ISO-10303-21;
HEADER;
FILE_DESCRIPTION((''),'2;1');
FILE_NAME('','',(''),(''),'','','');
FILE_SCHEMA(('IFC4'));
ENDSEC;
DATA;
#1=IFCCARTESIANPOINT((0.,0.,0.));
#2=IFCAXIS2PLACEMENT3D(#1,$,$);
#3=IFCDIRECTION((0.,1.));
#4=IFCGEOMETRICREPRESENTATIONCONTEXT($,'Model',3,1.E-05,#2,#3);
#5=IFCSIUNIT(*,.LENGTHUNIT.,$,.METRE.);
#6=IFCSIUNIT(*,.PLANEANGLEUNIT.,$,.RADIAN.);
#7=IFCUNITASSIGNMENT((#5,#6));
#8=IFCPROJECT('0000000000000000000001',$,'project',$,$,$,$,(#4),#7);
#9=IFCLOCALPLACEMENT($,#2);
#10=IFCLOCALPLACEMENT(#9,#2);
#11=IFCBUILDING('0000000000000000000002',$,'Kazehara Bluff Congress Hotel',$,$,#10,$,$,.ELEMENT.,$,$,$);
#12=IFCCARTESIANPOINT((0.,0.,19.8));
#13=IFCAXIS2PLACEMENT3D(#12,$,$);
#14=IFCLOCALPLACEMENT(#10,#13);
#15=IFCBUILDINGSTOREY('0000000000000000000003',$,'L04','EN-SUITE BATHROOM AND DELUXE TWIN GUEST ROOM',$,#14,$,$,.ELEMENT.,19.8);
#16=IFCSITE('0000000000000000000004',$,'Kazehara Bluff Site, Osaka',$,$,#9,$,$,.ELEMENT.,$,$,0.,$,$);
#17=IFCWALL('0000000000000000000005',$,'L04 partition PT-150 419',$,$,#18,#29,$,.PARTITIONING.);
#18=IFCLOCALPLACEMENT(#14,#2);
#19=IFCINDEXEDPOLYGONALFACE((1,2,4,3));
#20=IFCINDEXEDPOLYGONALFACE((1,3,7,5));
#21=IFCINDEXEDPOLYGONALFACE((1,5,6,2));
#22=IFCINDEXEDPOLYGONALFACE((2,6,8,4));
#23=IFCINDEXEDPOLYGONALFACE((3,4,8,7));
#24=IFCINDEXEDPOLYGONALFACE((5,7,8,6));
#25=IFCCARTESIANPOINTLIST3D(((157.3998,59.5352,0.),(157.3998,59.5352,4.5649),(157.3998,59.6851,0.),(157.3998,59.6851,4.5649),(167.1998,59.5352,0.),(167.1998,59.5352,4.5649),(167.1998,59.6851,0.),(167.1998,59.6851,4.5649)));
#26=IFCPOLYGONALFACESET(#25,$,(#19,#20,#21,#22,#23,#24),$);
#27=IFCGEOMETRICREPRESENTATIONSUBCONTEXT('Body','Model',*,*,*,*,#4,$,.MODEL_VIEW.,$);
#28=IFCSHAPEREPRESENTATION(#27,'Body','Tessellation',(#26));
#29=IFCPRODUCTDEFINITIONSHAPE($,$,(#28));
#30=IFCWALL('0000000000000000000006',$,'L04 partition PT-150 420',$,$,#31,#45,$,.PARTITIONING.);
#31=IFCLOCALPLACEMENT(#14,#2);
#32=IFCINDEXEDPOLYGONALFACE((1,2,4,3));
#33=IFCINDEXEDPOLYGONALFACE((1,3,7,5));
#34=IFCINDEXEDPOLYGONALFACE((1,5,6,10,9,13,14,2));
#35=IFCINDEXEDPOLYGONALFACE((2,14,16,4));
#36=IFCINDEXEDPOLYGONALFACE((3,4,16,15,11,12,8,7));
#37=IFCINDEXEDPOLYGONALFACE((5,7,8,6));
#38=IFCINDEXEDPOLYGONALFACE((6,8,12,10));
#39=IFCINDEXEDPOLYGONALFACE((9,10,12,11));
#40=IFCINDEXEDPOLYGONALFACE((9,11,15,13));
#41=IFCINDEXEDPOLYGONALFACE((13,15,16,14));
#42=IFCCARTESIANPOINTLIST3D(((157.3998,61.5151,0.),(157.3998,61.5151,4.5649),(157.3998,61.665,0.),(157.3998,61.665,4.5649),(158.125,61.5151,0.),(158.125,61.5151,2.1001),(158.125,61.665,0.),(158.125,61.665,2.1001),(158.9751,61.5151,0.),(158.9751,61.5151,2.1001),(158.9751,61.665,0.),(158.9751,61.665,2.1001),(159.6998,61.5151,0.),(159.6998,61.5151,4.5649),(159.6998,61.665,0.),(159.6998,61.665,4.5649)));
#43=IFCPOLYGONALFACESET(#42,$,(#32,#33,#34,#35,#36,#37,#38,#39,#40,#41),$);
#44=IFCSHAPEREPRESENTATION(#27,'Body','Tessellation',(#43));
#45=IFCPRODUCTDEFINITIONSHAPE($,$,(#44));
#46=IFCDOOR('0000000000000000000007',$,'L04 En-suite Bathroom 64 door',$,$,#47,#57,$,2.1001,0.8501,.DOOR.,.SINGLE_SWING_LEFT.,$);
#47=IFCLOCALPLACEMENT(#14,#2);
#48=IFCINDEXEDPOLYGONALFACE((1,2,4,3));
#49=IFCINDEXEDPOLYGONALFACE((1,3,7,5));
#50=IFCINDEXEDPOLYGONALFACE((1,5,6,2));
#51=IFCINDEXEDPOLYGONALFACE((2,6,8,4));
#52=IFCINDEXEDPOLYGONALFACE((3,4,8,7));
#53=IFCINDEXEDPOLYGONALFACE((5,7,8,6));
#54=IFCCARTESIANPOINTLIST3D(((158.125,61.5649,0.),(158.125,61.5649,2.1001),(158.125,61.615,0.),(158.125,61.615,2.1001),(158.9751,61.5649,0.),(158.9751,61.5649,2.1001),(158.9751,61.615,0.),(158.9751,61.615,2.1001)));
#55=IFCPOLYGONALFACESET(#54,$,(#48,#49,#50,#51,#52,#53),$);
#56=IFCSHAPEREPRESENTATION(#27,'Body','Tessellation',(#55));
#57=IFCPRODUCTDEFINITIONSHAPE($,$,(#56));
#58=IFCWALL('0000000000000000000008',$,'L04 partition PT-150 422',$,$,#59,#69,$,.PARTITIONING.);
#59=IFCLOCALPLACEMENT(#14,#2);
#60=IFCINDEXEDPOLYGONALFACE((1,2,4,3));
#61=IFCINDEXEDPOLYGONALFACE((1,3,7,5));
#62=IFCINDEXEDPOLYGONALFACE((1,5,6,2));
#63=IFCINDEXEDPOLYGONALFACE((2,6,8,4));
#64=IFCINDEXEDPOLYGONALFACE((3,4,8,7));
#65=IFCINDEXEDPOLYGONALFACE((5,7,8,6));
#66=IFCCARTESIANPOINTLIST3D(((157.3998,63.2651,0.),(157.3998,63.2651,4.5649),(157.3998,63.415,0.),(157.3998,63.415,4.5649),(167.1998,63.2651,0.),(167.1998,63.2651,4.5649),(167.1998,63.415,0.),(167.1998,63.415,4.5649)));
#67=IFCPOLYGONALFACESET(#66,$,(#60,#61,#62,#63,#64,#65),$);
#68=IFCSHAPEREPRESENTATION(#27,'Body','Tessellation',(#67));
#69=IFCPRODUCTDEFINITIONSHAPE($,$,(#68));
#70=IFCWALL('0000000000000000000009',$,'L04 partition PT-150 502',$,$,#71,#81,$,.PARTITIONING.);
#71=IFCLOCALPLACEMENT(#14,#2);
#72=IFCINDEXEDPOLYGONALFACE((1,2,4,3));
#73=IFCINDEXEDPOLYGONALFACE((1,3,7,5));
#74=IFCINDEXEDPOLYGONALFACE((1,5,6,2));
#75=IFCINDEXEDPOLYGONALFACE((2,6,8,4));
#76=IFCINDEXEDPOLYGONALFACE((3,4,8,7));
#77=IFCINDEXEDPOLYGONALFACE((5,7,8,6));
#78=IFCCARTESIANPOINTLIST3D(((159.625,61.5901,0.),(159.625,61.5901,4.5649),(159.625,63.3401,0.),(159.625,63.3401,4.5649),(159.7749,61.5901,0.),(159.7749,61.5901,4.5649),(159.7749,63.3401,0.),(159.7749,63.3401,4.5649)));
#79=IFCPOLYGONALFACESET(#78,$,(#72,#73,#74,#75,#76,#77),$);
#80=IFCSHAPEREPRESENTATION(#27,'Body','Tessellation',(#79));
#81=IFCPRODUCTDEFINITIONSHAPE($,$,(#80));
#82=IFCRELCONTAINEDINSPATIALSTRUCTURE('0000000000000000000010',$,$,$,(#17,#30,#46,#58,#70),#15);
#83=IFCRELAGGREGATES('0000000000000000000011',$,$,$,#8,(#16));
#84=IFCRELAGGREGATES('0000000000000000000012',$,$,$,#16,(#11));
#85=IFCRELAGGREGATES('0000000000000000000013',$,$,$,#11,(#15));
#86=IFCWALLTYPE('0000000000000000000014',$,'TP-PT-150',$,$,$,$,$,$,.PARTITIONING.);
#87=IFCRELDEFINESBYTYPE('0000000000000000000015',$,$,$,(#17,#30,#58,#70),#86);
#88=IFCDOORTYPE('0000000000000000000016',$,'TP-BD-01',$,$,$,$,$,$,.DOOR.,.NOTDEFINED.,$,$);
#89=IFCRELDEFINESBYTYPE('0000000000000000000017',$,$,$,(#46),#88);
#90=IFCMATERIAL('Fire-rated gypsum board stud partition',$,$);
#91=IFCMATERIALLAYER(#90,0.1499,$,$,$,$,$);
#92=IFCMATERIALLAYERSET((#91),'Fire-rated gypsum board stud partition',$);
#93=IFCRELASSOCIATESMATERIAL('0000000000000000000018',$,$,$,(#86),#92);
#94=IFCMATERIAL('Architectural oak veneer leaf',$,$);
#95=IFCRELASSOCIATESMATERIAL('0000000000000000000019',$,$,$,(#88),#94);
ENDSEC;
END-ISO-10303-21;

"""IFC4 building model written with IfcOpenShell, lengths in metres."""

from ifc_helpers import new_model, si_unit, direction, frame, frame_2d, origin, place, context, subcontext, project, spatial, rectangle, extrude, material, layer, layer_set, type_object, element, fill, save


model = new_model("IFC4")

# Units and contexts
model_context = context("Model", 3, precision=1e-05, world=origin(), true_north=direction((0.0, 1.0)))
body_context = subcontext(model_context, "Body", "Model", "MODEL_VIEW")
ifc_project = project(units=[si_unit("LENGTHUNIT", "METRE"), si_unit("PLANEANGLEUNIT", "RADIAN")], contexts=[model_context])

# Site, building, storey
site_placement = place(None, origin())
site = spatial("IfcSite", under=ifc_project, at=site_placement, Name="Kazehara Bluff Site, Osaka", CompositionType="ELEMENT", RefElevation=0.0)
building_placement = place(site_placement, origin())
building = spatial("IfcBuilding", under=site, at=building_placement, Name="Kazehara Bluff Congress Hotel", CompositionType="ELEMENT")
storey_placement = place(building_placement, frame((0.0, 0.0, 19.8)))
storey = spatial("IfcBuildingStorey", under=building, at=storey_placement, Name="L04", Description="EN-SUITE BATHROOM AND DELUXE TWIN GUEST ROOM", CompositionType="ELEMENT", Elevation=19.8)

# Wall
ifc_material_1 = material(Name="Fire-rated gypsum board stud partition")
ifc_layer = layer(ifc_material_1, 0.1499)
ifc_layer_set = layer_set([ifc_layer], Name="Fire-rated gypsum board stud partition")
wall_type = type_object("IfcWallType", Name="TP-PT-150", PredefinedType="PARTITIONING", material=ifc_layer_set)
wall_1_placement = place(storey_placement, frame((157.3999, 59.6101, 0.0), z_axis=(0.0, 0.0, 1.0), x_axis=(1.0, 0.0, 0.0)))
element("IfcWall", 1, at=wall_1_placement, inside=storey, type_object=wall_type, Name="L04 partition PT-150 419", PredefinedType="PARTITIONING", context=body_context, shape_type="SweptSolid", body=[
    extrude(rectangle(XDim=9.8, YDim=0.1499, at=frame_2d((4.8999, 0.0))), origin(), (0.0, 0.0, 1.0), 4.5649),
])

# Wall, opening, door
wall_2_placement = place(storey_placement, frame((157.3999, 61.5901, 0.0), z_axis=(0.0, 0.0, 1.0), x_axis=(1.0, 0.0, 0.0)))
wall_2 = element("IfcWall", 2, at=wall_2_placement, inside=storey, type_object=wall_type, Name="L04 partition PT-150 420", PredefinedType="PARTITIONING", context=body_context, shape_type="SweptSolid", body=[
    extrude(rectangle(XDim=2.3, YDim=0.1499, at=frame_2d((1.1499, 0.0))), origin(), (0.0, 0.0, 1.0), 4.5649),
])
opening_1_placement = place(wall_2_placement, frame((0.7251, 0.0, 0.0)))
opening_1 = element("IfcOpeningElement", 3, at=opening_1_placement, cuts=wall_2, PredefinedType="OPENING", context=body_context, shape_type="SweptSolid", body=[
    extrude(rectangle(XDim=0.8501, YDim=2.1001, at=frame_2d((0.425, 1.05))), frame((0.0, 0.085, 0.0), z_axis=(0.0, -1.0, 0.0), x_axis=(1.0, 0.0, 0.0)), (0.0, 0.0, 1.0), 0.1699),
])
ifc_material_2 = material(Name="Architectural oak veneer leaf")
door_type_1 = type_object("IfcDoorType", Name="TP-BD-01", OperationType="NOTDEFINED", PredefinedType="DOOR", material=ifc_material_2)
door_1_placement = place(opening_1_placement, origin())
door_1 = element("IfcDoor", 4, at=door_1_placement, inside=storey, type_object=door_type_1, Name="L04 En-suite Bathroom 64 door", OperationType="SINGLE_SWING_LEFT", OverallHeight=2.1001, OverallWidth=0.8501, PredefinedType="DOOR", context=body_context, shape_type="SweptSolid", body=[
    extrude(rectangle(XDim=0.8501, YDim=2.1001, at=frame_2d((0.425, 1.05))), frame((0.0, 0.0249, 0.0), z_axis=(0.0, -1.0, 0.0), x_axis=(1.0, 0.0, 0.0)), (0.0, 0.0, 1.0), 0.05),
])
fill(opening_1, door_1)

# Wall
wall_3_placement = place(storey_placement, frame((157.3999, 63.3401, 0.0), z_axis=(0.0, 0.0, 1.0), x_axis=(1.0, 0.0, 0.0)))
element("IfcWall", 5, at=wall_3_placement, inside=storey, type_object=wall_type, Name="L04 partition PT-150 422", PredefinedType="PARTITIONING", context=body_context, shape_type="SweptSolid", body=[
    extrude(rectangle(XDim=9.8, YDim=0.1499, at=frame_2d((4.8999, 0.0))), origin(), (0.0, 0.0, 1.0), 4.5649),
])

# Wall
wall_4_placement = place(storey_placement, frame((159.7, 61.5901, 0.0), z_axis=(0.0, 0.0, 1.0), x_axis=(0.0, 1.0, 0.0)))
element("IfcWall", 6, at=wall_4_placement, inside=storey, type_object=wall_type, Name="L04 partition PT-150 502", PredefinedType="PARTITIONING", context=body_context, shape_type="SweptSolid", body=[
    extrude(rectangle(XDim=1.75, YDim=0.1499, at=frame_2d((0.875, 0.0))), origin(), (0.0, 0.0, 1.0), 4.5649),
])

save(model, "model.ifc")
